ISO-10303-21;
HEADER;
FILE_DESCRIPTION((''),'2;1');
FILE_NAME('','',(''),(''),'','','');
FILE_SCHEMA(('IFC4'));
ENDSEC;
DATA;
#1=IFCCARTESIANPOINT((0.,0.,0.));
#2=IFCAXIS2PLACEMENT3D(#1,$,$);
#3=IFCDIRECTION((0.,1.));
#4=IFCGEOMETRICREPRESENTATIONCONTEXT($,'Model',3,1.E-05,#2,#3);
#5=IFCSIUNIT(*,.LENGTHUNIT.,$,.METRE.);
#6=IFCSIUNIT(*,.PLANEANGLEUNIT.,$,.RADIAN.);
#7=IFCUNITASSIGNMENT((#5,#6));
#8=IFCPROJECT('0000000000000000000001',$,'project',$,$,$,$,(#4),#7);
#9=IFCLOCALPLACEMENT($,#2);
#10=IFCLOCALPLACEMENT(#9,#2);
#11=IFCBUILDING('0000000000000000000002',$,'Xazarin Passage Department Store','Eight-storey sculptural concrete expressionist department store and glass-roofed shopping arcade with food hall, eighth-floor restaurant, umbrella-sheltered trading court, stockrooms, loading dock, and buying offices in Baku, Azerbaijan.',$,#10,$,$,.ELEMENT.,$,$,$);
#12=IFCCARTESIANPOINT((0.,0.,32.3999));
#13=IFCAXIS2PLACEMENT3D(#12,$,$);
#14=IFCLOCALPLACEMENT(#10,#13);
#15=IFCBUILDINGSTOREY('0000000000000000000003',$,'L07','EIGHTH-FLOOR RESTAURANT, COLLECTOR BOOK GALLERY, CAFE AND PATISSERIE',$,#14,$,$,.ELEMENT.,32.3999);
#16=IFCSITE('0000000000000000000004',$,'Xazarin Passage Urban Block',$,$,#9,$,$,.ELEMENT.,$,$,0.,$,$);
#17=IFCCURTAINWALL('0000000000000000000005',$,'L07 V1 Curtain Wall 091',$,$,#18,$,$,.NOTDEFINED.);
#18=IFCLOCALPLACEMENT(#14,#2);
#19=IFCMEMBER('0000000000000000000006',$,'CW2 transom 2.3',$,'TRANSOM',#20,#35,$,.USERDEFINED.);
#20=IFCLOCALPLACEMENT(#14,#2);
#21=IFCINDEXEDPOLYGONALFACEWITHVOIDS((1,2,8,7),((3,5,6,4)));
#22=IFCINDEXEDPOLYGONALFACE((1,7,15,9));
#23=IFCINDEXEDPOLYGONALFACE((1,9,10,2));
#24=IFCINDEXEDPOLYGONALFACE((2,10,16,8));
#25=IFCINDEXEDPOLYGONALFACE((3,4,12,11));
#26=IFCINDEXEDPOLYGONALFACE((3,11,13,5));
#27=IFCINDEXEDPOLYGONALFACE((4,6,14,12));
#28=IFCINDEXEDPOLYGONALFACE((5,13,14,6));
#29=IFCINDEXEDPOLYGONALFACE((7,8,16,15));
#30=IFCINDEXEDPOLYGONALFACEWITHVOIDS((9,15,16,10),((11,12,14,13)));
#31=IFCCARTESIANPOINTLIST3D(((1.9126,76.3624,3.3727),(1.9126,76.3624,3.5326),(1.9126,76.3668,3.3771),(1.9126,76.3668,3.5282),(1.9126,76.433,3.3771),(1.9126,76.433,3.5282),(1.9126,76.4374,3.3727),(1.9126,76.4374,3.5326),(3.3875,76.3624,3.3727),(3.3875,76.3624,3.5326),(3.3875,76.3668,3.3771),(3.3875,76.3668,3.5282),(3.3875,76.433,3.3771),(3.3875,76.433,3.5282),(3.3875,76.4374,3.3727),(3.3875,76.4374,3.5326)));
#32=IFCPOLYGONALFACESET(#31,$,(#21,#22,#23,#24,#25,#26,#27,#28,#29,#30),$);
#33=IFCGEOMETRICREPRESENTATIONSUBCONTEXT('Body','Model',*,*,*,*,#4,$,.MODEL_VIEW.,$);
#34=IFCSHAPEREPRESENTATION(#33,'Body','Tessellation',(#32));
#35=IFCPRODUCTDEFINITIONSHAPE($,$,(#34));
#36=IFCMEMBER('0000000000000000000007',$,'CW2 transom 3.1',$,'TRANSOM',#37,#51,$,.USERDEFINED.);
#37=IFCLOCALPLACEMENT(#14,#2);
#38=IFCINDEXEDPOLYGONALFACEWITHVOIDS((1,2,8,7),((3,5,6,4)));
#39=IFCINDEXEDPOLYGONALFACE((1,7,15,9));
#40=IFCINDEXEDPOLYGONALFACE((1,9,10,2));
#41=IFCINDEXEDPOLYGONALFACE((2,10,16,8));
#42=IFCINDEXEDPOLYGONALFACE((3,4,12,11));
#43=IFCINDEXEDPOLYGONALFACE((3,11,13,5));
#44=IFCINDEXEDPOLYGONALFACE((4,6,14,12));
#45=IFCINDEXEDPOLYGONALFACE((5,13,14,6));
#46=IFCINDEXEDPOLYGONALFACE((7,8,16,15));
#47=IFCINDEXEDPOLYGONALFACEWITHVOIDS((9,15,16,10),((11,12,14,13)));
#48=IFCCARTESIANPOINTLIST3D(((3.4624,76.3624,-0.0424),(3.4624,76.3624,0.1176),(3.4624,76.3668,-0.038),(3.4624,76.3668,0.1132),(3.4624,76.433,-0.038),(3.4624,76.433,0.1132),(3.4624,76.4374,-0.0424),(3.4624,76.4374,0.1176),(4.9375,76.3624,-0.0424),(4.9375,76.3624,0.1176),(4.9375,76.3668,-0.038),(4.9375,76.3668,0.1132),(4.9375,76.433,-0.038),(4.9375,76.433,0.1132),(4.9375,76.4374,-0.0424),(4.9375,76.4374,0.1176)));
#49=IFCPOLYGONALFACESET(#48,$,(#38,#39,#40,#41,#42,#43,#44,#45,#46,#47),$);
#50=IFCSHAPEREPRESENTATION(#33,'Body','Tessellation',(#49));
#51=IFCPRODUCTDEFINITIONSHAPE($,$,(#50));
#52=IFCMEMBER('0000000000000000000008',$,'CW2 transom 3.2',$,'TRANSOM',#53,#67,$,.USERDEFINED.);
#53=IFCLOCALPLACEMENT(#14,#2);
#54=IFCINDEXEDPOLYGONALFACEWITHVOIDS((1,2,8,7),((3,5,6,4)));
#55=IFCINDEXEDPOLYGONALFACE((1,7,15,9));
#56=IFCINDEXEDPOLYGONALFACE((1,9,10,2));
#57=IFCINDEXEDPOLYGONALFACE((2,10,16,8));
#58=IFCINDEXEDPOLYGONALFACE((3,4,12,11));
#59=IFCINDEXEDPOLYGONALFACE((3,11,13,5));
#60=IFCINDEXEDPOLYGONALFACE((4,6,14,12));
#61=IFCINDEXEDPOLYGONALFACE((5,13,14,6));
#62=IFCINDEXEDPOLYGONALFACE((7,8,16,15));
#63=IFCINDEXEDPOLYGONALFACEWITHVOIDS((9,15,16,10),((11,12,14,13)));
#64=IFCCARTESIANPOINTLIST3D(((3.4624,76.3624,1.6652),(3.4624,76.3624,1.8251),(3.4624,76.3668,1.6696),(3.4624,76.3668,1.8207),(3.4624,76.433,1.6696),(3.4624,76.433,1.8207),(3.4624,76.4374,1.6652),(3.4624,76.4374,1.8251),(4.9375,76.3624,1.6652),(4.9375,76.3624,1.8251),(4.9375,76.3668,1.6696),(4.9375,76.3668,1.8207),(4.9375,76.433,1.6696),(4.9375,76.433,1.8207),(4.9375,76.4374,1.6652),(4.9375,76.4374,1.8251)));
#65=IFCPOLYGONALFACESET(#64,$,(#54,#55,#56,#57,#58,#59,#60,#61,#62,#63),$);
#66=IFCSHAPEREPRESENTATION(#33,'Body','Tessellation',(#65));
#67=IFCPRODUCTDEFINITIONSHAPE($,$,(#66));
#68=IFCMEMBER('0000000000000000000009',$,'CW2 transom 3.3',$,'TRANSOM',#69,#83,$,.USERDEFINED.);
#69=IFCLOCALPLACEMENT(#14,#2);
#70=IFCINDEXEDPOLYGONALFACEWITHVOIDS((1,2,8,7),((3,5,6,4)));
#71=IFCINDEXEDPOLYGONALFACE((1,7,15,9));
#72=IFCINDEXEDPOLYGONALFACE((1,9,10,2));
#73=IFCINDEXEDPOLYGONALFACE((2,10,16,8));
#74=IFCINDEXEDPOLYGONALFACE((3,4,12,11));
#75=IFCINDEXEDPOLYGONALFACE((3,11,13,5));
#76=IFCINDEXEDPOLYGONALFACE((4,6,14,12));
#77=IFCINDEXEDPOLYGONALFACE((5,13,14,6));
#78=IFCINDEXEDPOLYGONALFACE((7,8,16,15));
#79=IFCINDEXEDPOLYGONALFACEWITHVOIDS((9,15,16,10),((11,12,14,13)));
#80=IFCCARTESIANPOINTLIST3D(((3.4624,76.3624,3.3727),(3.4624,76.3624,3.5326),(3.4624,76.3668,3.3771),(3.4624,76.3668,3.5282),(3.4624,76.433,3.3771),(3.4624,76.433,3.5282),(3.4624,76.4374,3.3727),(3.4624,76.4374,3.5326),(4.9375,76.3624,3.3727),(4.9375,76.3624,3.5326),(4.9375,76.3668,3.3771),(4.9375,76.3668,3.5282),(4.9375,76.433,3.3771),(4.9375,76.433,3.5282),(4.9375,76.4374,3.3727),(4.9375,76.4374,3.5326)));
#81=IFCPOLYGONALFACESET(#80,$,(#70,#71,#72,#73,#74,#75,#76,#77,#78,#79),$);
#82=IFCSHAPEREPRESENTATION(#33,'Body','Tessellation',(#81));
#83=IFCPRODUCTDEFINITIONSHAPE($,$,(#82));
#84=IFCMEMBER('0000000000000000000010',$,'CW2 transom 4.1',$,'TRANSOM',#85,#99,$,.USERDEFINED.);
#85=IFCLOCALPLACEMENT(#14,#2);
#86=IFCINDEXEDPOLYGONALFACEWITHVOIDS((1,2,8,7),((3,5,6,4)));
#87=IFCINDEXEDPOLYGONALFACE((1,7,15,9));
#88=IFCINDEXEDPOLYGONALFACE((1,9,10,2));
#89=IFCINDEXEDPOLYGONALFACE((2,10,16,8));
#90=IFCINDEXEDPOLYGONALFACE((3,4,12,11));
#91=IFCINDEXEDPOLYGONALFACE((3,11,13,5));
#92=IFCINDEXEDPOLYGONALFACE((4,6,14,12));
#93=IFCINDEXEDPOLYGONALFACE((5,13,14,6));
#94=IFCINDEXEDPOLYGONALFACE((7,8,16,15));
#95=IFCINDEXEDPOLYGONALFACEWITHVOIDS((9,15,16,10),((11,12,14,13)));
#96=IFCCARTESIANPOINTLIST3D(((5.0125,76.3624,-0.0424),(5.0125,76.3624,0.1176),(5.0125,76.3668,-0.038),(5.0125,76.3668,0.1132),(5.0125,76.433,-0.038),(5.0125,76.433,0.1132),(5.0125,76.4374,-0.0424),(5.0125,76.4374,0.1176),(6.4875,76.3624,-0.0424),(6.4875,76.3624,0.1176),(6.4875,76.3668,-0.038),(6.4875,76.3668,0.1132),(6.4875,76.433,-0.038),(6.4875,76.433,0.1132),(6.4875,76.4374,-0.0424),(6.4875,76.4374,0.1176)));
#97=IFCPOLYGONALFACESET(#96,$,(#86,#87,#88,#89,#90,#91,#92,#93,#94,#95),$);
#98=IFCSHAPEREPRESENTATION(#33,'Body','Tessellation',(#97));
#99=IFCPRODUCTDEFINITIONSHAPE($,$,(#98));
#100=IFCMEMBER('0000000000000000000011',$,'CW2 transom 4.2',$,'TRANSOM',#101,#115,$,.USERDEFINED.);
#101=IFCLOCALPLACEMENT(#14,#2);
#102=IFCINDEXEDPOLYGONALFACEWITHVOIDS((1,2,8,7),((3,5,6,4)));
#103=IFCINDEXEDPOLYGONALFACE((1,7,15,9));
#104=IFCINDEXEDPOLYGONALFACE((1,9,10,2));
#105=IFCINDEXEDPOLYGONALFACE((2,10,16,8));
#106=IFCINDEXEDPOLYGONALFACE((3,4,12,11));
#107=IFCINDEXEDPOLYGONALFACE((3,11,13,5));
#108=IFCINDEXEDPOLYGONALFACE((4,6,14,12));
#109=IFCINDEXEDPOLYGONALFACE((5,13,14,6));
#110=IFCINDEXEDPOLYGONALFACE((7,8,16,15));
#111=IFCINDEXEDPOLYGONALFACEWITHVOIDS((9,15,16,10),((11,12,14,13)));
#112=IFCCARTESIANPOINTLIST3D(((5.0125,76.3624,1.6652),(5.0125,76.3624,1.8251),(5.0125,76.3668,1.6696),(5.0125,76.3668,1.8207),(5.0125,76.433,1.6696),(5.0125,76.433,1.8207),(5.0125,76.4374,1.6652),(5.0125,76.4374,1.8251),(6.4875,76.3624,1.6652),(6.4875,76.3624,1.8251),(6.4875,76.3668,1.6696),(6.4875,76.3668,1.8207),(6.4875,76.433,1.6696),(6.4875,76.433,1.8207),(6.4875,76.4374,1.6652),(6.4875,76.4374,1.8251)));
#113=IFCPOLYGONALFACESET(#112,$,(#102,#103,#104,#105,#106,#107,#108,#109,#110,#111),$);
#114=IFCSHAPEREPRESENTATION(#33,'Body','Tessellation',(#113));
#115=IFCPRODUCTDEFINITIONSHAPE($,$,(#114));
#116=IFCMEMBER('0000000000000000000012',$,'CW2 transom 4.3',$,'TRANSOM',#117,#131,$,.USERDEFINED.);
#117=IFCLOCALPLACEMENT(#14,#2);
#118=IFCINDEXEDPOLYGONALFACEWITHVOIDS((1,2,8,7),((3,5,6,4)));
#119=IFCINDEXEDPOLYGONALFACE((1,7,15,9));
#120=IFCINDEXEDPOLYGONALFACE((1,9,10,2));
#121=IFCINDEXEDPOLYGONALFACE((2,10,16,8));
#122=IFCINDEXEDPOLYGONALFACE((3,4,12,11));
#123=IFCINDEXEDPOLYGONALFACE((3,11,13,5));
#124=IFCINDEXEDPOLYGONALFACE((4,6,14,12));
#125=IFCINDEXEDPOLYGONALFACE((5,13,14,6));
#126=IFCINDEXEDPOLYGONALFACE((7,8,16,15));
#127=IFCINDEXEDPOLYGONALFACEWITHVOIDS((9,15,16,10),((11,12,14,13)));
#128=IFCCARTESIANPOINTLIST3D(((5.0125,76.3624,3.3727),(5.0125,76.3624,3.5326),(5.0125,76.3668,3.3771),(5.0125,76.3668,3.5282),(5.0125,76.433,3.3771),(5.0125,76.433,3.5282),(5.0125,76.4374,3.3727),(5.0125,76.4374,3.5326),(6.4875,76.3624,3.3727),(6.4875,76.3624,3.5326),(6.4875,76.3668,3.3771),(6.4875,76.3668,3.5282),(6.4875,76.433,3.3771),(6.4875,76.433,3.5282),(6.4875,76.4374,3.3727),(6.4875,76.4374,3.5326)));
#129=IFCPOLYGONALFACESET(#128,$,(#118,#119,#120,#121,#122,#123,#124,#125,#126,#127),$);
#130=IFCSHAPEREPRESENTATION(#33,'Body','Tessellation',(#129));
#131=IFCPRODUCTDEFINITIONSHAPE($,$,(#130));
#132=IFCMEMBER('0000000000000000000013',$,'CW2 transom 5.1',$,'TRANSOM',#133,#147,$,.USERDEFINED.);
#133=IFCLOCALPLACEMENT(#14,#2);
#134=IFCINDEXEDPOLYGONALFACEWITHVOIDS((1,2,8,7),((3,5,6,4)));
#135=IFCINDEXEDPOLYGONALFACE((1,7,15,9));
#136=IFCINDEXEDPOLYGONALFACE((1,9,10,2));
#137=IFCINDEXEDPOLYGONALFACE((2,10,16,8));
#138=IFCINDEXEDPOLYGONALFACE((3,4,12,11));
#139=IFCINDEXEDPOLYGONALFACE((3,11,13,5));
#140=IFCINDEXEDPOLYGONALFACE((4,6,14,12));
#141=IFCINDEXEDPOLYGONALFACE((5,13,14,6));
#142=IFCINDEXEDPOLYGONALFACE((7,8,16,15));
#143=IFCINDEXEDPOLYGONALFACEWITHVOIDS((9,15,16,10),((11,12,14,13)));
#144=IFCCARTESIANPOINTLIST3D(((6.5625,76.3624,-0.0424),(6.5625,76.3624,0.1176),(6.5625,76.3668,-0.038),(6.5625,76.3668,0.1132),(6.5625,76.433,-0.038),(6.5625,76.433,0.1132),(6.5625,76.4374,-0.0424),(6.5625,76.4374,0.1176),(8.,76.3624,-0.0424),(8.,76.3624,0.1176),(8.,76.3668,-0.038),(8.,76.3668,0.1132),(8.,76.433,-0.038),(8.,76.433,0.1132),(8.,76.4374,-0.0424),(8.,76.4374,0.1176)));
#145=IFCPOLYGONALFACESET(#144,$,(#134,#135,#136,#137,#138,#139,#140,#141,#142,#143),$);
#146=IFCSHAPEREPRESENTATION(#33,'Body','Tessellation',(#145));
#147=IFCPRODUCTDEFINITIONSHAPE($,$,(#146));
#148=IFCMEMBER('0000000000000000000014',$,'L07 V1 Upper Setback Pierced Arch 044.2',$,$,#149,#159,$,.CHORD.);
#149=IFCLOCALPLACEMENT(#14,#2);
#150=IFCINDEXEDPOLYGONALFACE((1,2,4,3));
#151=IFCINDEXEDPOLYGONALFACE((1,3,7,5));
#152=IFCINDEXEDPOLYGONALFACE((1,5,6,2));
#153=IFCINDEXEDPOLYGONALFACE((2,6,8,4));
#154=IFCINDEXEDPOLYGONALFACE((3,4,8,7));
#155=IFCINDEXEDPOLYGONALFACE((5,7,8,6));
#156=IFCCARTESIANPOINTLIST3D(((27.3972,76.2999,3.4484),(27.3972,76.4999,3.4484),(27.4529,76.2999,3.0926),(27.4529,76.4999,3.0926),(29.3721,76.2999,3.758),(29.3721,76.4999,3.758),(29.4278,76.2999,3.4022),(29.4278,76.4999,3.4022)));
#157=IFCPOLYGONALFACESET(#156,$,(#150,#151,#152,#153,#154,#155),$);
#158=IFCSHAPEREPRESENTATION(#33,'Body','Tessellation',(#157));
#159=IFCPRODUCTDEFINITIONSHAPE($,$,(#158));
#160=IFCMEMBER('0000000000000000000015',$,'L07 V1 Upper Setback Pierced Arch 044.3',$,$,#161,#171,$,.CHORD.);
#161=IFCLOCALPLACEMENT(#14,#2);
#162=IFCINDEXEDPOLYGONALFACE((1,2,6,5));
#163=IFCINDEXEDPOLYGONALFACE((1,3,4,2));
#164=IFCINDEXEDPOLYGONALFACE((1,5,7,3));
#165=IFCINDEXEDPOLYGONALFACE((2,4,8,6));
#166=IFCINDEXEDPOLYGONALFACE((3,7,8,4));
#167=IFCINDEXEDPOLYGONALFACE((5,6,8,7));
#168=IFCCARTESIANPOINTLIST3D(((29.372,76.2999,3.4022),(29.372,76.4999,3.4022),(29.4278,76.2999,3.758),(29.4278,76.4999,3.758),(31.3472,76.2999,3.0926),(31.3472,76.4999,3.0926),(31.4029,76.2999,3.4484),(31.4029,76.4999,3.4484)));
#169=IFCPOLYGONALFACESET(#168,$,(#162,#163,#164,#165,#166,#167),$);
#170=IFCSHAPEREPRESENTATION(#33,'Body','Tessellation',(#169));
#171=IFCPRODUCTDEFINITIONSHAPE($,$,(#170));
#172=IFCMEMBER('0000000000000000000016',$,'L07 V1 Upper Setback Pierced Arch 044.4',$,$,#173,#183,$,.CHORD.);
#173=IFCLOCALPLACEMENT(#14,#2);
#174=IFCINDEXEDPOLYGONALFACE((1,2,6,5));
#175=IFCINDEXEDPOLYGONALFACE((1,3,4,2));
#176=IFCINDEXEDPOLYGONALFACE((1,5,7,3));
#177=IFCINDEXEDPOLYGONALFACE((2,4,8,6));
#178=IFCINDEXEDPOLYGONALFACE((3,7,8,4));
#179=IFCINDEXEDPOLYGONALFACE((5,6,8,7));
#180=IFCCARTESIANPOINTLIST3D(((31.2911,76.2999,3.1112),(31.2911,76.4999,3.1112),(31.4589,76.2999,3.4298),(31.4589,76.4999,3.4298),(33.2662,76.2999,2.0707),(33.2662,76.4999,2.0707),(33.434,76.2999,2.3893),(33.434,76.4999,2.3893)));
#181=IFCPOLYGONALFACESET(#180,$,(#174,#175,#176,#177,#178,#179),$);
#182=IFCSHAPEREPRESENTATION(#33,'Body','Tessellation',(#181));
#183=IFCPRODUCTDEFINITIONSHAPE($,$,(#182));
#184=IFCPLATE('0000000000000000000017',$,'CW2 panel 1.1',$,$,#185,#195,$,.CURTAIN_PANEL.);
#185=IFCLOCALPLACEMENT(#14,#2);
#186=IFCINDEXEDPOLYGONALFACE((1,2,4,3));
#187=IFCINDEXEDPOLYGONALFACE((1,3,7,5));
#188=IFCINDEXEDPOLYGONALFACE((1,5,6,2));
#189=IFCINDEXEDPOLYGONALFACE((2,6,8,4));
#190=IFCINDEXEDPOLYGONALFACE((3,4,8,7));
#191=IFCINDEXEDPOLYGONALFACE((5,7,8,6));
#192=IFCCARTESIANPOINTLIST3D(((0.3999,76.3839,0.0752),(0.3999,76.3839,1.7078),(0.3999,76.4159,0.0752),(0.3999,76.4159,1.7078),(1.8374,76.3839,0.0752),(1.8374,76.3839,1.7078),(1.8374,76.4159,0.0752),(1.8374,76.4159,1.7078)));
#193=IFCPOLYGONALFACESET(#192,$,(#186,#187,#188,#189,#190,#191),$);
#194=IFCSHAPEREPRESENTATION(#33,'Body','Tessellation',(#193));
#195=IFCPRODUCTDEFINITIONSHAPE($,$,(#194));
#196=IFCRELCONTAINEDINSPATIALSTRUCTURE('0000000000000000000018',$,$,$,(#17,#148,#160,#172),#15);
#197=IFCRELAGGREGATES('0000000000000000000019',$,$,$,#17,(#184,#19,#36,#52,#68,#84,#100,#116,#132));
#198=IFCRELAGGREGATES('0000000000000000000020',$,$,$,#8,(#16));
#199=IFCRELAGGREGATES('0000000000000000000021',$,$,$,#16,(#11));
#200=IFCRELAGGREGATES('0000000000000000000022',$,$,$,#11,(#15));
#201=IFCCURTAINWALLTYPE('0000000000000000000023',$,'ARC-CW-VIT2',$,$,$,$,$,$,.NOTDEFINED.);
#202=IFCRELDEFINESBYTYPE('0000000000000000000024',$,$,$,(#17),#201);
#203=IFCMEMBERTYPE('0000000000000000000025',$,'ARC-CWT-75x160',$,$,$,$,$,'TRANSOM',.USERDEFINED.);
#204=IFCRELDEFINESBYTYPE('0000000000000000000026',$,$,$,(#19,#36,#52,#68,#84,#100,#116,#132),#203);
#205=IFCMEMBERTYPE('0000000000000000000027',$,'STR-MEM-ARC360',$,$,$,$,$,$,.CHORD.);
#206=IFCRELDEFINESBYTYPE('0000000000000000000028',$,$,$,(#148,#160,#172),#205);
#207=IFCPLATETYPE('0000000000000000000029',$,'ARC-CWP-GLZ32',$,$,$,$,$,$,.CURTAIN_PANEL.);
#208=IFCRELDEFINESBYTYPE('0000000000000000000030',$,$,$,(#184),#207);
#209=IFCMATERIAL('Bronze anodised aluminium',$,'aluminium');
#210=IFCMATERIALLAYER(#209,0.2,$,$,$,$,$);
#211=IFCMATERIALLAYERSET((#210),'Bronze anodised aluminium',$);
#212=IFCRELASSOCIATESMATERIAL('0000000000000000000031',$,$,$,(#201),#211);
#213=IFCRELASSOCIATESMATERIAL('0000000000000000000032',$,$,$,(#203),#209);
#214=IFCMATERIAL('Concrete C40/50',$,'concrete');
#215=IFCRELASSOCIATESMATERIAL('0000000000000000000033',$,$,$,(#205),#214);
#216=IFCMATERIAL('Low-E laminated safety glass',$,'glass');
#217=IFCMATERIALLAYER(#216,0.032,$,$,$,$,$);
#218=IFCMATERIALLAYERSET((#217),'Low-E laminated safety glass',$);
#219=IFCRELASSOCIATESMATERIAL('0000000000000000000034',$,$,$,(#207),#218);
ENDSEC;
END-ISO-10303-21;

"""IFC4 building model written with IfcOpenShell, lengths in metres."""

from ifc_helpers import new_model, si_unit, direction, frame, origin, origin_2d, place, context, subcontext, project, spatial, rectangle, hollow_rectangle, extrude, material, layer, layer_set, material_profile, profile_set, type_object, element, aggregate, save


model = new_model("IFC4")

# Units and contexts
model_context = context("Model", 3, precision=1e-05, world=origin(), true_north=direction((0.0, 1.0)))
body_context = subcontext(model_context, "Body", "Model", "MODEL_VIEW")
ifc_project = project(units=[si_unit("LENGTHUNIT", "METRE"), si_unit("PLANEANGLEUNIT", "RADIAN")], contexts=[model_context])

# Site, building, storey
site_placement = place(None, origin())
site = spatial("IfcSite", under=ifc_project, at=site_placement, Name="Xazarin Passage Urban Block", CompositionType="ELEMENT", RefElevation=0.0)
building_placement = place(site_placement, origin())
building = spatial("IfcBuilding", under=site, at=building_placement, Name="Xazarin Passage Department Store", Description="Eight-storey sculptural concrete expressionist department store and glass-roofed shopping arcade with food hall, eighth-floor restaurant, umbrella-sheltered trading court, stockrooms, loading dock, and buying offices in Baku, Azerbaijan.", CompositionType="ELEMENT")
storey_placement = place(building_placement, frame((0.0, 0.0, 32.3999)))
storey = spatial("IfcBuildingStorey", under=building, at=storey_placement, Name="L07", Description="EIGHTH-FLOOR RESTAURANT, COLLECTOR BOOK GALLERY, CAFE AND PATISSERIE", CompositionType="ELEMENT", Elevation=32.3999)

# Curtain wall, members
ifc_material_1 = material(Name="Bronze anodised aluminium", Category="aluminium")
ifc_layer_1 = layer(ifc_material_1, 0.2)
ifc_layer_set_1 = layer_set([ifc_layer_1], Name="Bronze anodised aluminium")
curtain_wall_type = type_object("IfcCurtainWallType", Name="ARC-CW-VIT2", PredefinedType="NOTDEFINED", material=ifc_layer_set_1)
curtain_wall_placement = place(storey_placement, origin())
curtain_wall = element("IfcCurtainWall", 1, at=curtain_wall_placement, inside=storey, type_object=curtain_wall_type, Name="L07 V1 Curtain Wall 091", PredefinedType="NOTDEFINED")
ifc_material_profile_1 = material_profile(ifc_material_1, hollow_rectangle(XDim=0.075, YDim=0.1599, WallThickness=0.0044, at=origin_2d()), Name="ALU 75x160")
ifc_profile_set_1 = profile_set([ifc_material_profile_1], Name="Bronze anodised aluminium")
member_type_1 = type_object("IfcMemberType", Name="ARC-CWT-75x160", ElementType="TRANSOM", PredefinedType="USERDEFINED", material=ifc_profile_set_1)
member_1_placement = place(storey_placement, frame((1.9126, 76.3999, 3.4526), z_axis=(1.0, 0.0, 0.0), x_axis=(0.0, 1.0, 0.0)))
member_1 = element("IfcMember", 2, at=member_1_placement, type_object=member_type_1, Name="CW2 transom 2.3", ObjectType="TRANSOM", PredefinedType="USERDEFINED", context=body_context, shape_type="SweptSolid", body=[
    extrude(hollow_rectangle(XDim=0.075, YDim=0.1599, WallThickness=0.0044, at=origin_2d()), origin(), (0.0, 0.0, 1.0), 1.4749),
])
member_2_placement = place(storey_placement, frame((3.4624, 76.3999, 0.0376), z_axis=(1.0, 0.0, 0.0), x_axis=(0.0, 1.0, 0.0)))
member_2 = element("IfcMember", 3, at=member_2_placement, type_object=member_type_1, Name="CW2 transom 3.1", ObjectType="TRANSOM", PredefinedType="USERDEFINED", context=body_context, shape_type="SweptSolid", body=[
    extrude(hollow_rectangle(XDim=0.075, YDim=0.1599, WallThickness=0.0044, at=origin_2d()), origin(), (0.0, 0.0, 1.0), 1.4751),
])
member_3_placement = place(storey_placement, frame((3.4624, 76.3999, 1.7451), z_axis=(1.0, 0.0, 0.0), x_axis=(0.0, 1.0, 0.0)))
member_3 = element("IfcMember", 4, at=member_3_placement, type_object=member_type_1, Name="CW2 transom 3.2", ObjectType="TRANSOM", PredefinedType="USERDEFINED", context=body_context, shape_type="SweptSolid", body=[
    extrude(hollow_rectangle(XDim=0.075, YDim=0.1599, WallThickness=0.0044, at=origin_2d()), origin(), (0.0, 0.0, 1.0), 1.4751),
])
member_4_placement = place(storey_placement, frame((3.4624, 76.3999, 3.4526), z_axis=(1.0, 0.0, 0.0), x_axis=(0.0, 1.0, 0.0)))
member_4 = element("IfcMember", 5, at=member_4_placement, type_object=member_type_1, Name="CW2 transom 3.3", ObjectType="TRANSOM", PredefinedType="USERDEFINED", context=body_context, shape_type="SweptSolid", body=[
    extrude(hollow_rectangle(XDim=0.075, YDim=0.1599, WallThickness=0.0044, at=origin_2d()), origin(), (0.0, 0.0, 1.0), 1.4751),
])
member_5_placement = place(storey_placement, frame((5.0125, 76.3999, 0.0376), z_axis=(1.0, 0.0, 0.0), x_axis=(0.0, 1.0, 0.0)))
member_5 = element("IfcMember", 6, at=member_5_placement, type_object=member_type_1, Name="CW2 transom 4.1", ObjectType="TRANSOM", PredefinedType="USERDEFINED", context=body_context, shape_type="SweptSolid", body=[
    extrude(hollow_rectangle(XDim=0.075, YDim=0.1599, WallThickness=0.0044, at=origin_2d()), origin(), (0.0, 0.0, 1.0), 1.4751),
])
member_6_placement = place(storey_placement, frame((5.0125, 76.3999, 1.7451), z_axis=(1.0, 0.0, 0.0), x_axis=(0.0, 1.0, 0.0)))
member_6 = element("IfcMember", 7, at=member_6_placement, type_object=member_type_1, Name="CW2 transom 4.2", ObjectType="TRANSOM", PredefinedType="USERDEFINED", context=body_context, shape_type="SweptSolid", body=[
    extrude(hollow_rectangle(XDim=0.075, YDim=0.1599, WallThickness=0.0044, at=origin_2d()), origin(), (0.0, 0.0, 1.0), 1.4751),
])
member_7_placement = place(storey_placement, frame((5.0125, 76.3999, 3.4526), z_axis=(1.0, 0.0, 0.0), x_axis=(0.0, 1.0, 0.0)))
member_7 = element("IfcMember", 8, at=member_7_placement, type_object=member_type_1, Name="CW2 transom 4.3", ObjectType="TRANSOM", PredefinedType="USERDEFINED", context=body_context, shape_type="SweptSolid", body=[
    extrude(hollow_rectangle(XDim=0.075, YDim=0.1599, WallThickness=0.0044, at=origin_2d()), origin(), (0.0, 0.0, 1.0), 1.4751),
])
member_8_placement = place(storey_placement, frame((6.5625, 76.3999, 0.0376), z_axis=(1.0, 0.0, 0.0), x_axis=(0.0, 1.0, 0.0)))
member_8 = element("IfcMember", 9, at=member_8_placement, type_object=member_type_1, Name="CW2 transom 5.1", ObjectType="TRANSOM", PredefinedType="USERDEFINED", context=body_context, shape_type="SweptSolid", body=[
    extrude(hollow_rectangle(XDim=0.075, YDim=0.1599, WallThickness=0.0044, at=origin_2d()), origin(), (0.0, 0.0, 1.0), 1.4375),
])

# Members
ifc_material_2 = material(Name="Concrete C40/50", Category="concrete")
ifc_material_profile_2 = material_profile(ifc_material_2, rectangle(XDim=0.2, YDim=0.3601, at=origin_2d()), Name="RC 200x360")
ifc_profile_set_2 = profile_set([ifc_material_profile_2], Name="Concrete C40/50")
member_type_2 = type_object("IfcMemberType", Name="STR-MEM-ARC360", PredefinedType="CHORD", material=ifc_profile_set_2)
member_9_placement = place(storey_placement, frame((27.425, 76.3999, 3.2705), z_axis=(0.987936, 0.0, 0.154865), x_axis=(0.0, 1.0, 0.0)))
element("IfcMember", 10, at=member_9_placement, inside=storey, type_object=member_type_2, Name="L07 V1 Upper Setback Pierced Arch 044.2", PredefinedType="CHORD", context=body_context, shape_type="SweptSolid", body=[
    extrude(rectangle(XDim=0.2, YDim=0.3601, at=origin_2d()), origin(), (0.0, 0.0, 1.0), 1.999),
])
member_10_placement = place(storey_placement, frame((29.3999, 76.3999, 3.5801), z_axis=(0.987939, 0.0, -0.154846), x_axis=(0.0, 1.0, 0.0)))
element("IfcMember", 11, at=member_10_placement, inside=storey, type_object=member_type_2, Name="L07 V1 Upper Setback Pierced Arch 044.3", PredefinedType="CHORD", context=body_context, shape_type="SweptSolid", body=[
    extrude(rectangle(XDim=0.2, YDim=0.3601, at=origin_2d()), origin(), (0.0, 0.0, 1.0), 1.9993),
])
member_11_placement = place(storey_placement, frame((31.375, 76.3999, 3.2705), z_axis=(0.884733, 0.0, -0.466098), x_axis=(0.0, 1.0, 0.0)))
element("IfcMember", 12, at=member_11_placement, inside=storey, type_object=member_type_2, Name="L07 V1 Upper Setback Pierced Arch 044.4", PredefinedType="CHORD", context=body_context, shape_type="SweptSolid", body=[
    extrude(rectangle(XDim=0.2, YDim=0.3601, at=origin_2d()), origin(), (0.0, 0.0, 1.0), 2.2324),
])

# Plate
ifc_material_3 = material(Name="Low-E laminated safety glass", Category="glass")
ifc_layer_2 = layer(ifc_material_3, 0.032)
ifc_layer_set_2 = layer_set([ifc_layer_2], Name="Low-E laminated safety glass")
plate_type = type_object("IfcPlateType", Name="ARC-CWP-GLZ32", PredefinedType="CURTAIN_PANEL", material=ifc_layer_set_2)
plate_1_placement = place(storey_placement, frame((1.1187, 76.3999, 0.0752), z_axis=(0.0, 0.0, 1.0), x_axis=(1.0, 0.0, 0.0)))
plate_1 = element("IfcPlate", 13, at=plate_1_placement, type_object=plate_type, Name="CW2 panel 1.1", PredefinedType="CURTAIN_PANEL", context=body_context, shape_type="SweptSolid", body=[
    extrude(rectangle(XDim=1.4375, YDim=0.032, at=origin_2d()), origin(), (0.0, 0.0, 1.0), 1.6326),
])
aggregate(curtain_wall, [plate_1, member_1, member_2, member_3, member_4, member_5, member_6, member_7, member_8])

save(model, "model.ifc")
